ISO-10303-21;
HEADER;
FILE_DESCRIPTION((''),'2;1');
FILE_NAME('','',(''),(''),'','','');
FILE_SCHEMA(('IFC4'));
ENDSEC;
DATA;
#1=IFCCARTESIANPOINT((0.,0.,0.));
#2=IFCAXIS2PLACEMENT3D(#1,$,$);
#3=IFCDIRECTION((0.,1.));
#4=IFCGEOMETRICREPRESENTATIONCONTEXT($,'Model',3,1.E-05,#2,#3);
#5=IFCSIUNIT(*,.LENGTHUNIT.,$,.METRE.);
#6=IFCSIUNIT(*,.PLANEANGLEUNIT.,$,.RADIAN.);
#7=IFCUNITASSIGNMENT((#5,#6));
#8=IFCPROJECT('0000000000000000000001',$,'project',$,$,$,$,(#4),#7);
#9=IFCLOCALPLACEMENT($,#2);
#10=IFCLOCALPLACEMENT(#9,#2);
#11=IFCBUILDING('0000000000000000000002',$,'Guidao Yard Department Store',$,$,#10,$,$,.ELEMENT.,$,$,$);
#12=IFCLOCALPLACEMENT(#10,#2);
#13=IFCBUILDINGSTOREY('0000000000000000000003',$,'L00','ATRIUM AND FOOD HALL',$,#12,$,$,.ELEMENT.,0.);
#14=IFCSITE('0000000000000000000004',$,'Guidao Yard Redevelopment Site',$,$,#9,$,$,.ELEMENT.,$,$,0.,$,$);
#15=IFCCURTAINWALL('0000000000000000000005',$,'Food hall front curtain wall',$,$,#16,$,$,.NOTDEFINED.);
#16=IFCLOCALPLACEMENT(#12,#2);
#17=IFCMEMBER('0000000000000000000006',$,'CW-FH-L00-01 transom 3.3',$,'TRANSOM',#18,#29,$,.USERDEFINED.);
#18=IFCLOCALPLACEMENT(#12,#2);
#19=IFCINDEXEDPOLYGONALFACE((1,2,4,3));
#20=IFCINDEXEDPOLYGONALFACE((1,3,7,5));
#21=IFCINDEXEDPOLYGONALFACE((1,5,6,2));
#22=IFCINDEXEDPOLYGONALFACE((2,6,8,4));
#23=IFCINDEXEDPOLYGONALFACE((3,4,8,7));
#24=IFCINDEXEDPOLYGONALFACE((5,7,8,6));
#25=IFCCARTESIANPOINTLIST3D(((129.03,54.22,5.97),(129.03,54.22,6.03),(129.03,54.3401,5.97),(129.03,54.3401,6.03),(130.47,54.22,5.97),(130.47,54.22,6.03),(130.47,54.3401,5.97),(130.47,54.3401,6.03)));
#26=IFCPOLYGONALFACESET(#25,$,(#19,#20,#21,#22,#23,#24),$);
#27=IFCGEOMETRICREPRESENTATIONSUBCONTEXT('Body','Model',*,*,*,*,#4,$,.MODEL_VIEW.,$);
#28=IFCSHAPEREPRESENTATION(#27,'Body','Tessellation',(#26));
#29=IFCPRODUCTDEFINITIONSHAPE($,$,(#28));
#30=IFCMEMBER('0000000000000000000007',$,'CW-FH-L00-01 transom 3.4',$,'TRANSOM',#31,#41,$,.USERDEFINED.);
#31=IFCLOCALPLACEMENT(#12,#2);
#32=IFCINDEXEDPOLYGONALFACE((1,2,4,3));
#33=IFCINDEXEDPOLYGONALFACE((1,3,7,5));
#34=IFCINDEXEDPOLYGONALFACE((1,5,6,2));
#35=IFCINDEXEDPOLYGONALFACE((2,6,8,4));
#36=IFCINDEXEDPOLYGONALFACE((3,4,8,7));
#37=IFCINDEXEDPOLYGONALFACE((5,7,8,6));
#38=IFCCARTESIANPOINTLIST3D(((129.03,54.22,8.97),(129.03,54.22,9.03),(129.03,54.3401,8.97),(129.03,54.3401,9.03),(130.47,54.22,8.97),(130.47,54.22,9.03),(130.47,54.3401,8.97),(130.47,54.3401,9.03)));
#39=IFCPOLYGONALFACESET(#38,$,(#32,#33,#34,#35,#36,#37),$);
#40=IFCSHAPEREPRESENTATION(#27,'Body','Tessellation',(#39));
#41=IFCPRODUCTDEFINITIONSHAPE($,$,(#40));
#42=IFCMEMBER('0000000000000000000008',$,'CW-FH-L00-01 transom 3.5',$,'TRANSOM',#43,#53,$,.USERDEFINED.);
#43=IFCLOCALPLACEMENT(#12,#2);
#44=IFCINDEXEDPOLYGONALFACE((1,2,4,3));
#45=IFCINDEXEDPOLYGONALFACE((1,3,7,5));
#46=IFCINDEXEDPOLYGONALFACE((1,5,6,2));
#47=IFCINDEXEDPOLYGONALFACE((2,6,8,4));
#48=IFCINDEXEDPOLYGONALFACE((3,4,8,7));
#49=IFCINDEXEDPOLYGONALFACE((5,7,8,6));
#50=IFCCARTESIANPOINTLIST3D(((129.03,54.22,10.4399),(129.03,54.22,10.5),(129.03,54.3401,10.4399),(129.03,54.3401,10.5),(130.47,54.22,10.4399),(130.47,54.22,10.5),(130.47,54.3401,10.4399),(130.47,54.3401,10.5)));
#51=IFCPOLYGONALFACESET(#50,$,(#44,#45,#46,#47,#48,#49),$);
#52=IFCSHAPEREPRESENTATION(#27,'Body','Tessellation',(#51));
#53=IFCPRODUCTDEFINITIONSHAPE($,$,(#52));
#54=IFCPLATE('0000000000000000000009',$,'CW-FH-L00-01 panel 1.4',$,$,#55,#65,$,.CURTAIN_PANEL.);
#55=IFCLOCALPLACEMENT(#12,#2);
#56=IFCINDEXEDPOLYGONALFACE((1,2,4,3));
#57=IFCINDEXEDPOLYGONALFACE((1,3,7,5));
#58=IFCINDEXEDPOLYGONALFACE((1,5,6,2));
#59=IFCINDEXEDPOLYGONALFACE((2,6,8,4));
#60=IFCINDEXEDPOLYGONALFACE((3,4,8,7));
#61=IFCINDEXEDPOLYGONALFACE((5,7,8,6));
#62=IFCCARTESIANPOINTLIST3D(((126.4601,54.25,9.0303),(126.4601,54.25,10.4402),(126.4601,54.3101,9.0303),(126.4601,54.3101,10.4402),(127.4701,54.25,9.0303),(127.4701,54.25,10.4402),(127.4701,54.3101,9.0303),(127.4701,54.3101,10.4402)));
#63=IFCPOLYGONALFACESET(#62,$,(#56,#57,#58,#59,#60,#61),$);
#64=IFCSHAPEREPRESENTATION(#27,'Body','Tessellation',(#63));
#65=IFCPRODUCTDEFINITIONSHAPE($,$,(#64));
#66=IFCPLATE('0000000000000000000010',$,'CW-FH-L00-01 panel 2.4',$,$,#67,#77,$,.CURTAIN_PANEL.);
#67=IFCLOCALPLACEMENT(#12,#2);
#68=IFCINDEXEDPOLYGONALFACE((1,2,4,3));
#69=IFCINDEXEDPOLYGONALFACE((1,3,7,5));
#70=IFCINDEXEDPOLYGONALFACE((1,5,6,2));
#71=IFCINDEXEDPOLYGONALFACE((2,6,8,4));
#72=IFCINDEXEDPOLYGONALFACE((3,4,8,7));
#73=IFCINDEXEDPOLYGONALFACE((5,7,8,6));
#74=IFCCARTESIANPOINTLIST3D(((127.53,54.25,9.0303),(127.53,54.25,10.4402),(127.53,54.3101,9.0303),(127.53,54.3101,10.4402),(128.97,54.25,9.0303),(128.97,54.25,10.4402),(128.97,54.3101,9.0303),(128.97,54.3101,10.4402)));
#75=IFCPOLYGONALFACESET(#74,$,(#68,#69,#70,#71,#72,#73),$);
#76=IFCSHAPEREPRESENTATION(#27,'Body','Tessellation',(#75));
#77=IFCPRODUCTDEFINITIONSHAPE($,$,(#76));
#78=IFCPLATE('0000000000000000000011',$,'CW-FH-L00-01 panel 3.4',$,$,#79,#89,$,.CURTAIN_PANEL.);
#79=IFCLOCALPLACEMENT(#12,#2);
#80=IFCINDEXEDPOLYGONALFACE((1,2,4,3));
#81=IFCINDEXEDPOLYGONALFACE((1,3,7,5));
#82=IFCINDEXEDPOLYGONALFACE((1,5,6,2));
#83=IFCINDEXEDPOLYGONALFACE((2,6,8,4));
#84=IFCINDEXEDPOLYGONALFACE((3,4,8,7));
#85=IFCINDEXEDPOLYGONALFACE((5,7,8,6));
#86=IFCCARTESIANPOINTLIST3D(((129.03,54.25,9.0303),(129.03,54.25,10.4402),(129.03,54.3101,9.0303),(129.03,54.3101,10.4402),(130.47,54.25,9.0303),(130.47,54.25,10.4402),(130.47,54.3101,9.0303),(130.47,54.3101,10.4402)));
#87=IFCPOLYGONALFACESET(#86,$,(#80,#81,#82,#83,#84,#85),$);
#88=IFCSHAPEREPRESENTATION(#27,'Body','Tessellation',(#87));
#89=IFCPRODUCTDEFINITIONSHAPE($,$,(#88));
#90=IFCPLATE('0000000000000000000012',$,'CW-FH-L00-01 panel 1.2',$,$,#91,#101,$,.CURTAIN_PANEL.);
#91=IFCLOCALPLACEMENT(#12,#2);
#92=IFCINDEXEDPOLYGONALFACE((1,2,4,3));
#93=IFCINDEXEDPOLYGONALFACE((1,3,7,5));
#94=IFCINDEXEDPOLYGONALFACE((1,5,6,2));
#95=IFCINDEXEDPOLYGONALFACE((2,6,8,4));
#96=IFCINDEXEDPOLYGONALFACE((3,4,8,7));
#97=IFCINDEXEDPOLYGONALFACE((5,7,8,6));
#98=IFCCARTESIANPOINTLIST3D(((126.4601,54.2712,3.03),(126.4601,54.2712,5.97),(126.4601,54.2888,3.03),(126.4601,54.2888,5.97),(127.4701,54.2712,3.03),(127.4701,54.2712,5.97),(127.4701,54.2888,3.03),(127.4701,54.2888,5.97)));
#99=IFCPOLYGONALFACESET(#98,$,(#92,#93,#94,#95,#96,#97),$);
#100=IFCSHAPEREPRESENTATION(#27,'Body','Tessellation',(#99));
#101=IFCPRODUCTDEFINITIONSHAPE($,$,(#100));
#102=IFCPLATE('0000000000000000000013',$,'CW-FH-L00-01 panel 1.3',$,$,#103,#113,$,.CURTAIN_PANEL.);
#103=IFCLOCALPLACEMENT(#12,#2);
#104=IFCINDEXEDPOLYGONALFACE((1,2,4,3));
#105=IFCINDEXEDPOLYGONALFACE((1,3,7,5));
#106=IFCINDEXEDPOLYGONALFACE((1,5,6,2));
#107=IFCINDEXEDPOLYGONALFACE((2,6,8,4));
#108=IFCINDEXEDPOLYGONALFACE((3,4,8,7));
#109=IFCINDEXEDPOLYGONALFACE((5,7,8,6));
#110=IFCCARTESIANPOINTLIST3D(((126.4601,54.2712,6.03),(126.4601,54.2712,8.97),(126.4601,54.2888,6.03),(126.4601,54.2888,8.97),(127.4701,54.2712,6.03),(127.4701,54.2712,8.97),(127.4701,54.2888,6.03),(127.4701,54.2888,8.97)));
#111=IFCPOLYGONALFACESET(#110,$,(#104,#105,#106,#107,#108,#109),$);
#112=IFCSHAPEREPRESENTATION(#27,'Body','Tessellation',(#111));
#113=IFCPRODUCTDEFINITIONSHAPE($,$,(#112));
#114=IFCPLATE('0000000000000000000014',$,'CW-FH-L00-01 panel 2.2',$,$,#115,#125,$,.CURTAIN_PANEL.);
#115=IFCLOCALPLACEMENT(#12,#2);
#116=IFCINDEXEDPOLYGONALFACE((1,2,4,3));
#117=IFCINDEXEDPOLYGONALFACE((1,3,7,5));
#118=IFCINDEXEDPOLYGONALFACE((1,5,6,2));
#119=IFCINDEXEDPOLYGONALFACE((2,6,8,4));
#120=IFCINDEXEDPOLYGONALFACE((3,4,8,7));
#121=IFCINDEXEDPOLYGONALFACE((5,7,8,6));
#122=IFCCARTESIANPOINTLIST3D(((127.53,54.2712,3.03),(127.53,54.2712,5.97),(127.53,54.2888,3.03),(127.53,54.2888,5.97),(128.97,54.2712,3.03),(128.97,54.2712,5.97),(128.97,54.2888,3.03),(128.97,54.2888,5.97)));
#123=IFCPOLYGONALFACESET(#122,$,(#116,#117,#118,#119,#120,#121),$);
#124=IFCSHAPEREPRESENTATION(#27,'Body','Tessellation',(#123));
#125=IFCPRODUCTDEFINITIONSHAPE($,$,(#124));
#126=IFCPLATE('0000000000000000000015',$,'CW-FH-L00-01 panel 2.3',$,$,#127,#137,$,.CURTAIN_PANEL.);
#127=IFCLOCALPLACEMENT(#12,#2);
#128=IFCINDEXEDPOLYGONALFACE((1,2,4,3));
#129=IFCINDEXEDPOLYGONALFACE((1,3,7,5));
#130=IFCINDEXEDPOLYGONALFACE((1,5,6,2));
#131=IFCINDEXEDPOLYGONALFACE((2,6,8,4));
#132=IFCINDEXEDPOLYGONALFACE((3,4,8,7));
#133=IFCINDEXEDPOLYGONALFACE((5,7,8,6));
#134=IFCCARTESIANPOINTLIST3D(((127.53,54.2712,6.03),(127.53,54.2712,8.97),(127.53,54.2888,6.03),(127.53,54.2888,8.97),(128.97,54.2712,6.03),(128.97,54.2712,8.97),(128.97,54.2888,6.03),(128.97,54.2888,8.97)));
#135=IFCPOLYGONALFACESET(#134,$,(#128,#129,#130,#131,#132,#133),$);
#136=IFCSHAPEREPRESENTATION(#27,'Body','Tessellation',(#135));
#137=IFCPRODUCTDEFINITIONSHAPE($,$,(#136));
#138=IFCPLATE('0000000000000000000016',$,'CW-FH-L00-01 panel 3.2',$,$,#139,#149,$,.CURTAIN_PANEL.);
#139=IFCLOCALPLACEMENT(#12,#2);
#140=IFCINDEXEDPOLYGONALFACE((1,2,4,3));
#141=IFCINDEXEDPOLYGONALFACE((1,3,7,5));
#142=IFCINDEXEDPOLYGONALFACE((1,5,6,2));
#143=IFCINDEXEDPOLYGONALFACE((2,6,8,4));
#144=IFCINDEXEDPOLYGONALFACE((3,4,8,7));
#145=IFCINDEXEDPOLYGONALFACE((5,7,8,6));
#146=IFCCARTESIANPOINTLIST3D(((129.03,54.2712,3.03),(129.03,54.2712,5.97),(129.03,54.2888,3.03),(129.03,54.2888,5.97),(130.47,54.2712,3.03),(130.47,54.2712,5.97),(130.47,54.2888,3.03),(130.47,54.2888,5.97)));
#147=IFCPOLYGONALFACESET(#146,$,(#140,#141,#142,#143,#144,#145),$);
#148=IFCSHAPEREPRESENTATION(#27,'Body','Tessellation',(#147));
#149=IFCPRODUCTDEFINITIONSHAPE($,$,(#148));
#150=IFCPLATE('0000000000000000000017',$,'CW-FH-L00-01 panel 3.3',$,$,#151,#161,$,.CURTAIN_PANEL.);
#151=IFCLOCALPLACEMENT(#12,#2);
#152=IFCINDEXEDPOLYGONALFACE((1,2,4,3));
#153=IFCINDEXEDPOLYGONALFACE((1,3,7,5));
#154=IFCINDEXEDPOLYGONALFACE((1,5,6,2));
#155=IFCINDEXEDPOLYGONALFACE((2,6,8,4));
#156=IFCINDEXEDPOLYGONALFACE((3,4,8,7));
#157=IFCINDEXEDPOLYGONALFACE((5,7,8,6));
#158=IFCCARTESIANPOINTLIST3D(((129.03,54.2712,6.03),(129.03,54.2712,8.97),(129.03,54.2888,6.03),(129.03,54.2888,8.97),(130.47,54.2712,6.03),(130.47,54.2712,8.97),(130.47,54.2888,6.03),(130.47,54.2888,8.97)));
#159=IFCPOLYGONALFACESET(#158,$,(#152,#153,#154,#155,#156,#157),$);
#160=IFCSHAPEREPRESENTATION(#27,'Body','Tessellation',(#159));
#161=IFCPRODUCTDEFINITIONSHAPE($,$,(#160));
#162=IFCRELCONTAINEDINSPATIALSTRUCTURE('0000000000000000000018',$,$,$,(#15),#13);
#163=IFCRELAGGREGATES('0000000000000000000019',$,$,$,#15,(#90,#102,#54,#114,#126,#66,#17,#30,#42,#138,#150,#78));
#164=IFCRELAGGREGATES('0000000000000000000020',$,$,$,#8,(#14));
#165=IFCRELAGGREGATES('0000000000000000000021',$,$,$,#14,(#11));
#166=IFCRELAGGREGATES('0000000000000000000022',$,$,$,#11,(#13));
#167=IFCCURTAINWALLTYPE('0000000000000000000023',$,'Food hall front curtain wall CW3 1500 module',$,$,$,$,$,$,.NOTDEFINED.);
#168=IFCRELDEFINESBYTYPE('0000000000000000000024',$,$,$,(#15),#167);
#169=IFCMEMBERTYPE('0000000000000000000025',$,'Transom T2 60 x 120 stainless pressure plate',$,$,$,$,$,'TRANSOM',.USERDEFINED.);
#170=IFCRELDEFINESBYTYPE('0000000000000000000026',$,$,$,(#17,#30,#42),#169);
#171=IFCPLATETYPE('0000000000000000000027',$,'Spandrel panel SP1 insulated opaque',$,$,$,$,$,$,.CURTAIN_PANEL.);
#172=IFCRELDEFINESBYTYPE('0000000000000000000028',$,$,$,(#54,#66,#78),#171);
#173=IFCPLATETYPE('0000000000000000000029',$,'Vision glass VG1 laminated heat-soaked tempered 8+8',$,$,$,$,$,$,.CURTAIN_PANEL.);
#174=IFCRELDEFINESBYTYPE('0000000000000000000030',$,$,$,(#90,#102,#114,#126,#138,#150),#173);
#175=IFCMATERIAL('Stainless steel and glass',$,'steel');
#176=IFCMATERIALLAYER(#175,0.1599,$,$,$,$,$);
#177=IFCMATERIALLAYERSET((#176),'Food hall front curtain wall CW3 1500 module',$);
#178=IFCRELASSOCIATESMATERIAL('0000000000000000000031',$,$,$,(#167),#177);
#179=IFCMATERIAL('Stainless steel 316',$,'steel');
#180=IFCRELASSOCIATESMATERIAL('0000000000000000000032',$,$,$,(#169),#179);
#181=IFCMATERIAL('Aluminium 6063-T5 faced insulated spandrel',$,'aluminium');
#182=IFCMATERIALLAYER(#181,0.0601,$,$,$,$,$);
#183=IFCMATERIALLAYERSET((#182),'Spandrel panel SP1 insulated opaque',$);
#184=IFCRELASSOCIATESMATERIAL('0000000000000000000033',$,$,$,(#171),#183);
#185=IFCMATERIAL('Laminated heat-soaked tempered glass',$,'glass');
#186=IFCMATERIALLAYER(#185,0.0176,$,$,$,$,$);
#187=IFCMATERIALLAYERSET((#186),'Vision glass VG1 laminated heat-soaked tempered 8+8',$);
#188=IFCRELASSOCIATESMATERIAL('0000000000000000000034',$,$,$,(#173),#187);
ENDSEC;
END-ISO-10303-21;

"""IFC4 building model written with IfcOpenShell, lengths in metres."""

from ifc_helpers import new_model, si_unit, direction, frame, origin, origin_2d, place, context, subcontext, project, spatial, rectangle, extrude, material, layer, layer_set, material_profile, profile_set, type_object, element, aggregate, save


model = new_model("IFC4")

# Units and contexts
model_context = context("Model", 3, precision=1e-05, world=origin(), true_north=direction((0.0, 1.0)))
body_context = subcontext(model_context, "Body", "Model", "MODEL_VIEW")
ifc_project = project(units=[si_unit("LENGTHUNIT", "METRE"), si_unit("PLANEANGLEUNIT", "RADIAN")], contexts=[model_context])

# Site, building, storey
site_placement = place(None, origin())
site = spatial("IfcSite", under=ifc_project, at=site_placement, Name="Guidao Yard Redevelopment Site", CompositionType="ELEMENT", RefElevation=0.0)
building_placement = place(site_placement, origin())
building = spatial("IfcBuilding", under=site, at=building_placement, Name="Guidao Yard Department Store", CompositionType="ELEMENT")
storey_placement = place(building_placement, origin())
storey = spatial("IfcBuildingStorey", under=building, at=storey_placement, Name="L00", Description="ATRIUM AND FOOD HALL", CompositionType="ELEMENT", Elevation=0.0)

# Curtain wall, members, plates
ifc_material_1 = material(Name="Stainless steel and glass", Category="steel")
ifc_layer_1 = layer(ifc_material_1, 0.1599)
ifc_layer_set_1 = layer_set([ifc_layer_1], Name="Food hall front curtain wall CW3 1500 module")
curtain_wall_type = type_object("IfcCurtainWallType", Name="Food hall front curtain wall CW3 1500 module", PredefinedType="NOTDEFINED", material=ifc_layer_set_1)
curtain_wall_placement = place(storey_placement, origin())
curtain_wall = element("IfcCurtainWall", 1, at=curtain_wall_placement, inside=storey, type_object=curtain_wall_type, Name="Food hall front curtain wall", PredefinedType="NOTDEFINED")
ifc_material_2 = material(Name="Stainless steel 316", Category="steel")
ifc_material_profile_1 = material_profile(ifc_material_2, rectangle(XDim=0.1201, YDim=0.0601, at=origin_2d()), Name="Transom T2 60 x 120 stainless pressure plate")
ifc_profile_set_1 = profile_set([ifc_material_profile_1], Name="Stainless steel 316")
member_type = type_object("IfcMemberType", Name="Transom T2 60 x 120 stainless pressure plate", ElementType="TRANSOM", PredefinedType="USERDEFINED", material=ifc_profile_set_1)
member_1_placement = place(storey_placement, frame((130.47, 54.28, 6.0), z_axis=(-1.0, 0.0, 0.0), x_axis=(0.0, -1.0, 0.0)))
member_1 = element("IfcMember", 2, at=member_1_placement, type_object=member_type, Name="CW-FH-L00-01 transom 3.3", ObjectType="TRANSOM", PredefinedType="USERDEFINED", context=body_context, shape_type="SweptSolid", body=[
    extrude(rectangle(XDim=0.1201, YDim=0.0601, at=origin_2d()), origin(), (0.0, 0.0, 1.0), 1.4399),
])
member_2_placement = place(storey_placement, frame((130.47, 54.28, 9.0), z_axis=(-1.0, 0.0, 0.0), x_axis=(0.0, -1.0, 0.0)))
member_2 = element("IfcMember", 3, at=member_2_placement, type_object=member_type, Name="CW-FH-L00-01 transom 3.4", ObjectType="TRANSOM", PredefinedType="USERDEFINED", context=body_context, shape_type="SweptSolid", body=[
    extrude(rectangle(XDim=0.1201, YDim=0.0601, at=origin_2d()), origin(), (0.0, 0.0, 1.0), 1.4399),
])
member_3_placement = place(storey_placement, frame((130.47, 54.28, 10.47), z_axis=(-1.0, 0.0, 0.0), x_axis=(0.0, -1.0, 0.0)))
member_3 = element("IfcMember", 4, at=member_3_placement, type_object=member_type, Name="CW-FH-L00-01 transom 3.5", ObjectType="TRANSOM", PredefinedType="USERDEFINED", context=body_context, shape_type="SweptSolid", body=[
    extrude(rectangle(XDim=0.1201, YDim=0.0601, at=origin_2d()), origin(), (0.0, 0.0, 1.0), 1.4399),
])
ifc_material_3 = material(Name="Aluminium 6063-T5 faced insulated spandrel", Category="aluminium")
ifc_layer_2 = layer(ifc_material_3, 0.0601)
ifc_layer_set_2 = layer_set([ifc_layer_2], Name="Spandrel panel SP1 insulated opaque")
plate_type_1 = type_object("IfcPlateType", Name="Spandrel panel SP1 insulated opaque", PredefinedType="CURTAIN_PANEL", material=ifc_layer_set_2)
plate_1_placement = place(storey_placement, frame((126.9651, 54.28, 9.0303), z_axis=(0.0, 0.0, 1.0), x_axis=(-1.0, 0.0, 0.0)))
plate_1 = element("IfcPlate", 5, at=plate_1_placement, type_object=plate_type_1, Name="CW-FH-L00-01 panel 1.4", PredefinedType="CURTAIN_PANEL", context=body_context, shape_type="SweptSolid", body=[
    extrude(rectangle(XDim=1.01, YDim=0.0601, at=origin_2d()), origin(), (0.0, 0.0, 1.0), 1.4099),
])
plate_2_placement = place(storey_placement, frame((128.25, 54.28, 9.0303), z_axis=(0.0, 0.0, 1.0), x_axis=(-1.0, 0.0, 0.0)))
plate_2 = element("IfcPlate", 6, at=plate_2_placement, type_object=plate_type_1, Name="CW-FH-L00-01 panel 2.4", PredefinedType="CURTAIN_PANEL", context=body_context, shape_type="SweptSolid", body=[
    extrude(rectangle(XDim=1.4399, YDim=0.0601, at=origin_2d()), origin(), (0.0, 0.0, 1.0), 1.4099),
])
plate_3_placement = place(storey_placement, frame((129.75, 54.28, 9.0303), z_axis=(0.0, 0.0, 1.0), x_axis=(-1.0, 0.0, 0.0)))
plate_3 = element("IfcPlate", 7, at=plate_3_placement, type_object=plate_type_1, Name="CW-FH-L00-01 panel 3.4", PredefinedType="CURTAIN_PANEL", context=body_context, shape_type="SweptSolid", body=[
    extrude(rectangle(XDim=1.4399, YDim=0.0601, at=origin_2d()), origin(), (0.0, 0.0, 1.0), 1.4099),
])
ifc_material_4 = material(Name="Laminated heat-soaked tempered glass", Category="glass")
ifc_layer_3 = layer(ifc_material_4, 0.0176)
ifc_layer_set_3 = layer_set([ifc_layer_3], Name="Vision glass VG1 laminated heat-soaked tempered 8+8")
plate_type_2 = type_object("IfcPlateType", Name="Vision glass VG1 laminated heat-soaked tempered 8+8", PredefinedType="CURTAIN_PANEL", material=ifc_layer_set_3)
plate_4_placement = place(storey_placement, frame((126.9651, 54.28, 3.03), z_axis=(0.0, 0.0, 1.0), x_axis=(-1.0, 0.0, 0.0)))
plate_4 = element("IfcPlate", 8, at=plate_4_placement, type_object=plate_type_2, Name="CW-FH-L00-01 panel 1.2", PredefinedType="CURTAIN_PANEL", context=body_context, shape_type="SweptSolid", body=[
    extrude(rectangle(XDim=1.01, YDim=0.0176, at=origin_2d()), origin(), (0.0, 0.0, 1.0), 2.9399),
])
plate_5_placement = place(storey_placement, frame((126.9651, 54.28, 6.03), z_axis=(0.0, 0.0, 1.0), x_axis=(-1.0, 0.0, 0.0)))
plate_5 = element("IfcPlate", 9, at=plate_5_placement, type_object=plate_type_2, Name="CW-FH-L00-01 panel 1.3", PredefinedType="CURTAIN_PANEL", context=body_context, shape_type="SweptSolid", body=[
    extrude(rectangle(XDim=1.01, YDim=0.0176, at=origin_2d()), origin(), (0.0, 0.0, 1.0), 2.9399),
])
plate_6_placement = place(storey_placement, frame((128.25, 54.28, 3.03), z_axis=(0.0, 0.0, 1.0), x_axis=(-1.0, 0.0, 0.0)))
plate_6 = element("IfcPlate", 10, at=plate_6_placement, type_object=plate_type_2, Name="CW-FH-L00-01 panel 2.2", PredefinedType="CURTAIN_PANEL", context=body_context, shape_type="SweptSolid", body=[
    extrude(rectangle(XDim=1.4399, YDim=0.0176, at=origin_2d()), origin(), (0.0, 0.0, 1.0), 2.9399),
])
plate_7_placement = place(storey_placement, frame((128.25, 54.28, 6.03), z_axis=(0.0, 0.0, 1.0), x_axis=(-1.0, 0.0, 0.0)))
plate_7 = element("IfcPlate", 11, at=plate_7_placement, type_object=plate_type_2, Name="CW-FH-L00-01 panel 2.3", PredefinedType="CURTAIN_PANEL", context=body_context, shape_type="SweptSolid", body=[
    extrude(rectangle(XDim=1.4399, YDim=0.0176, at=origin_2d()), origin(), (0.0, 0.0, 1.0), 2.9399),
])
plate_8_placement = place(storey_placement, frame((129.75, 54.28, 3.03), z_axis=(0.0, 0.0, 1.0), x_axis=(-1.0, 0.0, 0.0)))
plate_8 = element("IfcPlate", 12, at=plate_8_placement, type_object=plate_type_2, Name="CW-FH-L00-01 panel 3.2", PredefinedType="CURTAIN_PANEL", context=body_context, shape_type="SweptSolid", body=[
    extrude(rectangle(XDim=1.4399, YDim=0.0176, at=origin_2d()), origin(), (0.0, 0.0, 1.0), 2.9399),
])
plate_9_placement = place(storey_placement, frame((129.75, 54.28, 6.03), z_axis=(0.0, 0.0, 1.0), x_axis=(-1.0, 0.0, 0.0)))
plate_9 = element("IfcPlate", 13, at=plate_9_placement, type_object=plate_type_2, Name="CW-FH-L00-01 panel 3.3", PredefinedType="CURTAIN_PANEL", context=body_context, shape_type="SweptSolid", body=[
    extrude(rectangle(XDim=1.4399, YDim=0.0176, at=origin_2d()), origin(), (0.0, 0.0, 1.0), 2.9399),
])
aggregate(curtain_wall, [plate_4, plate_5, plate_1, plate_6, plate_7, plate_2, member_1, member_2, member_3, plate_8, plate_9, plate_3])

save(model, "model.ifc")
